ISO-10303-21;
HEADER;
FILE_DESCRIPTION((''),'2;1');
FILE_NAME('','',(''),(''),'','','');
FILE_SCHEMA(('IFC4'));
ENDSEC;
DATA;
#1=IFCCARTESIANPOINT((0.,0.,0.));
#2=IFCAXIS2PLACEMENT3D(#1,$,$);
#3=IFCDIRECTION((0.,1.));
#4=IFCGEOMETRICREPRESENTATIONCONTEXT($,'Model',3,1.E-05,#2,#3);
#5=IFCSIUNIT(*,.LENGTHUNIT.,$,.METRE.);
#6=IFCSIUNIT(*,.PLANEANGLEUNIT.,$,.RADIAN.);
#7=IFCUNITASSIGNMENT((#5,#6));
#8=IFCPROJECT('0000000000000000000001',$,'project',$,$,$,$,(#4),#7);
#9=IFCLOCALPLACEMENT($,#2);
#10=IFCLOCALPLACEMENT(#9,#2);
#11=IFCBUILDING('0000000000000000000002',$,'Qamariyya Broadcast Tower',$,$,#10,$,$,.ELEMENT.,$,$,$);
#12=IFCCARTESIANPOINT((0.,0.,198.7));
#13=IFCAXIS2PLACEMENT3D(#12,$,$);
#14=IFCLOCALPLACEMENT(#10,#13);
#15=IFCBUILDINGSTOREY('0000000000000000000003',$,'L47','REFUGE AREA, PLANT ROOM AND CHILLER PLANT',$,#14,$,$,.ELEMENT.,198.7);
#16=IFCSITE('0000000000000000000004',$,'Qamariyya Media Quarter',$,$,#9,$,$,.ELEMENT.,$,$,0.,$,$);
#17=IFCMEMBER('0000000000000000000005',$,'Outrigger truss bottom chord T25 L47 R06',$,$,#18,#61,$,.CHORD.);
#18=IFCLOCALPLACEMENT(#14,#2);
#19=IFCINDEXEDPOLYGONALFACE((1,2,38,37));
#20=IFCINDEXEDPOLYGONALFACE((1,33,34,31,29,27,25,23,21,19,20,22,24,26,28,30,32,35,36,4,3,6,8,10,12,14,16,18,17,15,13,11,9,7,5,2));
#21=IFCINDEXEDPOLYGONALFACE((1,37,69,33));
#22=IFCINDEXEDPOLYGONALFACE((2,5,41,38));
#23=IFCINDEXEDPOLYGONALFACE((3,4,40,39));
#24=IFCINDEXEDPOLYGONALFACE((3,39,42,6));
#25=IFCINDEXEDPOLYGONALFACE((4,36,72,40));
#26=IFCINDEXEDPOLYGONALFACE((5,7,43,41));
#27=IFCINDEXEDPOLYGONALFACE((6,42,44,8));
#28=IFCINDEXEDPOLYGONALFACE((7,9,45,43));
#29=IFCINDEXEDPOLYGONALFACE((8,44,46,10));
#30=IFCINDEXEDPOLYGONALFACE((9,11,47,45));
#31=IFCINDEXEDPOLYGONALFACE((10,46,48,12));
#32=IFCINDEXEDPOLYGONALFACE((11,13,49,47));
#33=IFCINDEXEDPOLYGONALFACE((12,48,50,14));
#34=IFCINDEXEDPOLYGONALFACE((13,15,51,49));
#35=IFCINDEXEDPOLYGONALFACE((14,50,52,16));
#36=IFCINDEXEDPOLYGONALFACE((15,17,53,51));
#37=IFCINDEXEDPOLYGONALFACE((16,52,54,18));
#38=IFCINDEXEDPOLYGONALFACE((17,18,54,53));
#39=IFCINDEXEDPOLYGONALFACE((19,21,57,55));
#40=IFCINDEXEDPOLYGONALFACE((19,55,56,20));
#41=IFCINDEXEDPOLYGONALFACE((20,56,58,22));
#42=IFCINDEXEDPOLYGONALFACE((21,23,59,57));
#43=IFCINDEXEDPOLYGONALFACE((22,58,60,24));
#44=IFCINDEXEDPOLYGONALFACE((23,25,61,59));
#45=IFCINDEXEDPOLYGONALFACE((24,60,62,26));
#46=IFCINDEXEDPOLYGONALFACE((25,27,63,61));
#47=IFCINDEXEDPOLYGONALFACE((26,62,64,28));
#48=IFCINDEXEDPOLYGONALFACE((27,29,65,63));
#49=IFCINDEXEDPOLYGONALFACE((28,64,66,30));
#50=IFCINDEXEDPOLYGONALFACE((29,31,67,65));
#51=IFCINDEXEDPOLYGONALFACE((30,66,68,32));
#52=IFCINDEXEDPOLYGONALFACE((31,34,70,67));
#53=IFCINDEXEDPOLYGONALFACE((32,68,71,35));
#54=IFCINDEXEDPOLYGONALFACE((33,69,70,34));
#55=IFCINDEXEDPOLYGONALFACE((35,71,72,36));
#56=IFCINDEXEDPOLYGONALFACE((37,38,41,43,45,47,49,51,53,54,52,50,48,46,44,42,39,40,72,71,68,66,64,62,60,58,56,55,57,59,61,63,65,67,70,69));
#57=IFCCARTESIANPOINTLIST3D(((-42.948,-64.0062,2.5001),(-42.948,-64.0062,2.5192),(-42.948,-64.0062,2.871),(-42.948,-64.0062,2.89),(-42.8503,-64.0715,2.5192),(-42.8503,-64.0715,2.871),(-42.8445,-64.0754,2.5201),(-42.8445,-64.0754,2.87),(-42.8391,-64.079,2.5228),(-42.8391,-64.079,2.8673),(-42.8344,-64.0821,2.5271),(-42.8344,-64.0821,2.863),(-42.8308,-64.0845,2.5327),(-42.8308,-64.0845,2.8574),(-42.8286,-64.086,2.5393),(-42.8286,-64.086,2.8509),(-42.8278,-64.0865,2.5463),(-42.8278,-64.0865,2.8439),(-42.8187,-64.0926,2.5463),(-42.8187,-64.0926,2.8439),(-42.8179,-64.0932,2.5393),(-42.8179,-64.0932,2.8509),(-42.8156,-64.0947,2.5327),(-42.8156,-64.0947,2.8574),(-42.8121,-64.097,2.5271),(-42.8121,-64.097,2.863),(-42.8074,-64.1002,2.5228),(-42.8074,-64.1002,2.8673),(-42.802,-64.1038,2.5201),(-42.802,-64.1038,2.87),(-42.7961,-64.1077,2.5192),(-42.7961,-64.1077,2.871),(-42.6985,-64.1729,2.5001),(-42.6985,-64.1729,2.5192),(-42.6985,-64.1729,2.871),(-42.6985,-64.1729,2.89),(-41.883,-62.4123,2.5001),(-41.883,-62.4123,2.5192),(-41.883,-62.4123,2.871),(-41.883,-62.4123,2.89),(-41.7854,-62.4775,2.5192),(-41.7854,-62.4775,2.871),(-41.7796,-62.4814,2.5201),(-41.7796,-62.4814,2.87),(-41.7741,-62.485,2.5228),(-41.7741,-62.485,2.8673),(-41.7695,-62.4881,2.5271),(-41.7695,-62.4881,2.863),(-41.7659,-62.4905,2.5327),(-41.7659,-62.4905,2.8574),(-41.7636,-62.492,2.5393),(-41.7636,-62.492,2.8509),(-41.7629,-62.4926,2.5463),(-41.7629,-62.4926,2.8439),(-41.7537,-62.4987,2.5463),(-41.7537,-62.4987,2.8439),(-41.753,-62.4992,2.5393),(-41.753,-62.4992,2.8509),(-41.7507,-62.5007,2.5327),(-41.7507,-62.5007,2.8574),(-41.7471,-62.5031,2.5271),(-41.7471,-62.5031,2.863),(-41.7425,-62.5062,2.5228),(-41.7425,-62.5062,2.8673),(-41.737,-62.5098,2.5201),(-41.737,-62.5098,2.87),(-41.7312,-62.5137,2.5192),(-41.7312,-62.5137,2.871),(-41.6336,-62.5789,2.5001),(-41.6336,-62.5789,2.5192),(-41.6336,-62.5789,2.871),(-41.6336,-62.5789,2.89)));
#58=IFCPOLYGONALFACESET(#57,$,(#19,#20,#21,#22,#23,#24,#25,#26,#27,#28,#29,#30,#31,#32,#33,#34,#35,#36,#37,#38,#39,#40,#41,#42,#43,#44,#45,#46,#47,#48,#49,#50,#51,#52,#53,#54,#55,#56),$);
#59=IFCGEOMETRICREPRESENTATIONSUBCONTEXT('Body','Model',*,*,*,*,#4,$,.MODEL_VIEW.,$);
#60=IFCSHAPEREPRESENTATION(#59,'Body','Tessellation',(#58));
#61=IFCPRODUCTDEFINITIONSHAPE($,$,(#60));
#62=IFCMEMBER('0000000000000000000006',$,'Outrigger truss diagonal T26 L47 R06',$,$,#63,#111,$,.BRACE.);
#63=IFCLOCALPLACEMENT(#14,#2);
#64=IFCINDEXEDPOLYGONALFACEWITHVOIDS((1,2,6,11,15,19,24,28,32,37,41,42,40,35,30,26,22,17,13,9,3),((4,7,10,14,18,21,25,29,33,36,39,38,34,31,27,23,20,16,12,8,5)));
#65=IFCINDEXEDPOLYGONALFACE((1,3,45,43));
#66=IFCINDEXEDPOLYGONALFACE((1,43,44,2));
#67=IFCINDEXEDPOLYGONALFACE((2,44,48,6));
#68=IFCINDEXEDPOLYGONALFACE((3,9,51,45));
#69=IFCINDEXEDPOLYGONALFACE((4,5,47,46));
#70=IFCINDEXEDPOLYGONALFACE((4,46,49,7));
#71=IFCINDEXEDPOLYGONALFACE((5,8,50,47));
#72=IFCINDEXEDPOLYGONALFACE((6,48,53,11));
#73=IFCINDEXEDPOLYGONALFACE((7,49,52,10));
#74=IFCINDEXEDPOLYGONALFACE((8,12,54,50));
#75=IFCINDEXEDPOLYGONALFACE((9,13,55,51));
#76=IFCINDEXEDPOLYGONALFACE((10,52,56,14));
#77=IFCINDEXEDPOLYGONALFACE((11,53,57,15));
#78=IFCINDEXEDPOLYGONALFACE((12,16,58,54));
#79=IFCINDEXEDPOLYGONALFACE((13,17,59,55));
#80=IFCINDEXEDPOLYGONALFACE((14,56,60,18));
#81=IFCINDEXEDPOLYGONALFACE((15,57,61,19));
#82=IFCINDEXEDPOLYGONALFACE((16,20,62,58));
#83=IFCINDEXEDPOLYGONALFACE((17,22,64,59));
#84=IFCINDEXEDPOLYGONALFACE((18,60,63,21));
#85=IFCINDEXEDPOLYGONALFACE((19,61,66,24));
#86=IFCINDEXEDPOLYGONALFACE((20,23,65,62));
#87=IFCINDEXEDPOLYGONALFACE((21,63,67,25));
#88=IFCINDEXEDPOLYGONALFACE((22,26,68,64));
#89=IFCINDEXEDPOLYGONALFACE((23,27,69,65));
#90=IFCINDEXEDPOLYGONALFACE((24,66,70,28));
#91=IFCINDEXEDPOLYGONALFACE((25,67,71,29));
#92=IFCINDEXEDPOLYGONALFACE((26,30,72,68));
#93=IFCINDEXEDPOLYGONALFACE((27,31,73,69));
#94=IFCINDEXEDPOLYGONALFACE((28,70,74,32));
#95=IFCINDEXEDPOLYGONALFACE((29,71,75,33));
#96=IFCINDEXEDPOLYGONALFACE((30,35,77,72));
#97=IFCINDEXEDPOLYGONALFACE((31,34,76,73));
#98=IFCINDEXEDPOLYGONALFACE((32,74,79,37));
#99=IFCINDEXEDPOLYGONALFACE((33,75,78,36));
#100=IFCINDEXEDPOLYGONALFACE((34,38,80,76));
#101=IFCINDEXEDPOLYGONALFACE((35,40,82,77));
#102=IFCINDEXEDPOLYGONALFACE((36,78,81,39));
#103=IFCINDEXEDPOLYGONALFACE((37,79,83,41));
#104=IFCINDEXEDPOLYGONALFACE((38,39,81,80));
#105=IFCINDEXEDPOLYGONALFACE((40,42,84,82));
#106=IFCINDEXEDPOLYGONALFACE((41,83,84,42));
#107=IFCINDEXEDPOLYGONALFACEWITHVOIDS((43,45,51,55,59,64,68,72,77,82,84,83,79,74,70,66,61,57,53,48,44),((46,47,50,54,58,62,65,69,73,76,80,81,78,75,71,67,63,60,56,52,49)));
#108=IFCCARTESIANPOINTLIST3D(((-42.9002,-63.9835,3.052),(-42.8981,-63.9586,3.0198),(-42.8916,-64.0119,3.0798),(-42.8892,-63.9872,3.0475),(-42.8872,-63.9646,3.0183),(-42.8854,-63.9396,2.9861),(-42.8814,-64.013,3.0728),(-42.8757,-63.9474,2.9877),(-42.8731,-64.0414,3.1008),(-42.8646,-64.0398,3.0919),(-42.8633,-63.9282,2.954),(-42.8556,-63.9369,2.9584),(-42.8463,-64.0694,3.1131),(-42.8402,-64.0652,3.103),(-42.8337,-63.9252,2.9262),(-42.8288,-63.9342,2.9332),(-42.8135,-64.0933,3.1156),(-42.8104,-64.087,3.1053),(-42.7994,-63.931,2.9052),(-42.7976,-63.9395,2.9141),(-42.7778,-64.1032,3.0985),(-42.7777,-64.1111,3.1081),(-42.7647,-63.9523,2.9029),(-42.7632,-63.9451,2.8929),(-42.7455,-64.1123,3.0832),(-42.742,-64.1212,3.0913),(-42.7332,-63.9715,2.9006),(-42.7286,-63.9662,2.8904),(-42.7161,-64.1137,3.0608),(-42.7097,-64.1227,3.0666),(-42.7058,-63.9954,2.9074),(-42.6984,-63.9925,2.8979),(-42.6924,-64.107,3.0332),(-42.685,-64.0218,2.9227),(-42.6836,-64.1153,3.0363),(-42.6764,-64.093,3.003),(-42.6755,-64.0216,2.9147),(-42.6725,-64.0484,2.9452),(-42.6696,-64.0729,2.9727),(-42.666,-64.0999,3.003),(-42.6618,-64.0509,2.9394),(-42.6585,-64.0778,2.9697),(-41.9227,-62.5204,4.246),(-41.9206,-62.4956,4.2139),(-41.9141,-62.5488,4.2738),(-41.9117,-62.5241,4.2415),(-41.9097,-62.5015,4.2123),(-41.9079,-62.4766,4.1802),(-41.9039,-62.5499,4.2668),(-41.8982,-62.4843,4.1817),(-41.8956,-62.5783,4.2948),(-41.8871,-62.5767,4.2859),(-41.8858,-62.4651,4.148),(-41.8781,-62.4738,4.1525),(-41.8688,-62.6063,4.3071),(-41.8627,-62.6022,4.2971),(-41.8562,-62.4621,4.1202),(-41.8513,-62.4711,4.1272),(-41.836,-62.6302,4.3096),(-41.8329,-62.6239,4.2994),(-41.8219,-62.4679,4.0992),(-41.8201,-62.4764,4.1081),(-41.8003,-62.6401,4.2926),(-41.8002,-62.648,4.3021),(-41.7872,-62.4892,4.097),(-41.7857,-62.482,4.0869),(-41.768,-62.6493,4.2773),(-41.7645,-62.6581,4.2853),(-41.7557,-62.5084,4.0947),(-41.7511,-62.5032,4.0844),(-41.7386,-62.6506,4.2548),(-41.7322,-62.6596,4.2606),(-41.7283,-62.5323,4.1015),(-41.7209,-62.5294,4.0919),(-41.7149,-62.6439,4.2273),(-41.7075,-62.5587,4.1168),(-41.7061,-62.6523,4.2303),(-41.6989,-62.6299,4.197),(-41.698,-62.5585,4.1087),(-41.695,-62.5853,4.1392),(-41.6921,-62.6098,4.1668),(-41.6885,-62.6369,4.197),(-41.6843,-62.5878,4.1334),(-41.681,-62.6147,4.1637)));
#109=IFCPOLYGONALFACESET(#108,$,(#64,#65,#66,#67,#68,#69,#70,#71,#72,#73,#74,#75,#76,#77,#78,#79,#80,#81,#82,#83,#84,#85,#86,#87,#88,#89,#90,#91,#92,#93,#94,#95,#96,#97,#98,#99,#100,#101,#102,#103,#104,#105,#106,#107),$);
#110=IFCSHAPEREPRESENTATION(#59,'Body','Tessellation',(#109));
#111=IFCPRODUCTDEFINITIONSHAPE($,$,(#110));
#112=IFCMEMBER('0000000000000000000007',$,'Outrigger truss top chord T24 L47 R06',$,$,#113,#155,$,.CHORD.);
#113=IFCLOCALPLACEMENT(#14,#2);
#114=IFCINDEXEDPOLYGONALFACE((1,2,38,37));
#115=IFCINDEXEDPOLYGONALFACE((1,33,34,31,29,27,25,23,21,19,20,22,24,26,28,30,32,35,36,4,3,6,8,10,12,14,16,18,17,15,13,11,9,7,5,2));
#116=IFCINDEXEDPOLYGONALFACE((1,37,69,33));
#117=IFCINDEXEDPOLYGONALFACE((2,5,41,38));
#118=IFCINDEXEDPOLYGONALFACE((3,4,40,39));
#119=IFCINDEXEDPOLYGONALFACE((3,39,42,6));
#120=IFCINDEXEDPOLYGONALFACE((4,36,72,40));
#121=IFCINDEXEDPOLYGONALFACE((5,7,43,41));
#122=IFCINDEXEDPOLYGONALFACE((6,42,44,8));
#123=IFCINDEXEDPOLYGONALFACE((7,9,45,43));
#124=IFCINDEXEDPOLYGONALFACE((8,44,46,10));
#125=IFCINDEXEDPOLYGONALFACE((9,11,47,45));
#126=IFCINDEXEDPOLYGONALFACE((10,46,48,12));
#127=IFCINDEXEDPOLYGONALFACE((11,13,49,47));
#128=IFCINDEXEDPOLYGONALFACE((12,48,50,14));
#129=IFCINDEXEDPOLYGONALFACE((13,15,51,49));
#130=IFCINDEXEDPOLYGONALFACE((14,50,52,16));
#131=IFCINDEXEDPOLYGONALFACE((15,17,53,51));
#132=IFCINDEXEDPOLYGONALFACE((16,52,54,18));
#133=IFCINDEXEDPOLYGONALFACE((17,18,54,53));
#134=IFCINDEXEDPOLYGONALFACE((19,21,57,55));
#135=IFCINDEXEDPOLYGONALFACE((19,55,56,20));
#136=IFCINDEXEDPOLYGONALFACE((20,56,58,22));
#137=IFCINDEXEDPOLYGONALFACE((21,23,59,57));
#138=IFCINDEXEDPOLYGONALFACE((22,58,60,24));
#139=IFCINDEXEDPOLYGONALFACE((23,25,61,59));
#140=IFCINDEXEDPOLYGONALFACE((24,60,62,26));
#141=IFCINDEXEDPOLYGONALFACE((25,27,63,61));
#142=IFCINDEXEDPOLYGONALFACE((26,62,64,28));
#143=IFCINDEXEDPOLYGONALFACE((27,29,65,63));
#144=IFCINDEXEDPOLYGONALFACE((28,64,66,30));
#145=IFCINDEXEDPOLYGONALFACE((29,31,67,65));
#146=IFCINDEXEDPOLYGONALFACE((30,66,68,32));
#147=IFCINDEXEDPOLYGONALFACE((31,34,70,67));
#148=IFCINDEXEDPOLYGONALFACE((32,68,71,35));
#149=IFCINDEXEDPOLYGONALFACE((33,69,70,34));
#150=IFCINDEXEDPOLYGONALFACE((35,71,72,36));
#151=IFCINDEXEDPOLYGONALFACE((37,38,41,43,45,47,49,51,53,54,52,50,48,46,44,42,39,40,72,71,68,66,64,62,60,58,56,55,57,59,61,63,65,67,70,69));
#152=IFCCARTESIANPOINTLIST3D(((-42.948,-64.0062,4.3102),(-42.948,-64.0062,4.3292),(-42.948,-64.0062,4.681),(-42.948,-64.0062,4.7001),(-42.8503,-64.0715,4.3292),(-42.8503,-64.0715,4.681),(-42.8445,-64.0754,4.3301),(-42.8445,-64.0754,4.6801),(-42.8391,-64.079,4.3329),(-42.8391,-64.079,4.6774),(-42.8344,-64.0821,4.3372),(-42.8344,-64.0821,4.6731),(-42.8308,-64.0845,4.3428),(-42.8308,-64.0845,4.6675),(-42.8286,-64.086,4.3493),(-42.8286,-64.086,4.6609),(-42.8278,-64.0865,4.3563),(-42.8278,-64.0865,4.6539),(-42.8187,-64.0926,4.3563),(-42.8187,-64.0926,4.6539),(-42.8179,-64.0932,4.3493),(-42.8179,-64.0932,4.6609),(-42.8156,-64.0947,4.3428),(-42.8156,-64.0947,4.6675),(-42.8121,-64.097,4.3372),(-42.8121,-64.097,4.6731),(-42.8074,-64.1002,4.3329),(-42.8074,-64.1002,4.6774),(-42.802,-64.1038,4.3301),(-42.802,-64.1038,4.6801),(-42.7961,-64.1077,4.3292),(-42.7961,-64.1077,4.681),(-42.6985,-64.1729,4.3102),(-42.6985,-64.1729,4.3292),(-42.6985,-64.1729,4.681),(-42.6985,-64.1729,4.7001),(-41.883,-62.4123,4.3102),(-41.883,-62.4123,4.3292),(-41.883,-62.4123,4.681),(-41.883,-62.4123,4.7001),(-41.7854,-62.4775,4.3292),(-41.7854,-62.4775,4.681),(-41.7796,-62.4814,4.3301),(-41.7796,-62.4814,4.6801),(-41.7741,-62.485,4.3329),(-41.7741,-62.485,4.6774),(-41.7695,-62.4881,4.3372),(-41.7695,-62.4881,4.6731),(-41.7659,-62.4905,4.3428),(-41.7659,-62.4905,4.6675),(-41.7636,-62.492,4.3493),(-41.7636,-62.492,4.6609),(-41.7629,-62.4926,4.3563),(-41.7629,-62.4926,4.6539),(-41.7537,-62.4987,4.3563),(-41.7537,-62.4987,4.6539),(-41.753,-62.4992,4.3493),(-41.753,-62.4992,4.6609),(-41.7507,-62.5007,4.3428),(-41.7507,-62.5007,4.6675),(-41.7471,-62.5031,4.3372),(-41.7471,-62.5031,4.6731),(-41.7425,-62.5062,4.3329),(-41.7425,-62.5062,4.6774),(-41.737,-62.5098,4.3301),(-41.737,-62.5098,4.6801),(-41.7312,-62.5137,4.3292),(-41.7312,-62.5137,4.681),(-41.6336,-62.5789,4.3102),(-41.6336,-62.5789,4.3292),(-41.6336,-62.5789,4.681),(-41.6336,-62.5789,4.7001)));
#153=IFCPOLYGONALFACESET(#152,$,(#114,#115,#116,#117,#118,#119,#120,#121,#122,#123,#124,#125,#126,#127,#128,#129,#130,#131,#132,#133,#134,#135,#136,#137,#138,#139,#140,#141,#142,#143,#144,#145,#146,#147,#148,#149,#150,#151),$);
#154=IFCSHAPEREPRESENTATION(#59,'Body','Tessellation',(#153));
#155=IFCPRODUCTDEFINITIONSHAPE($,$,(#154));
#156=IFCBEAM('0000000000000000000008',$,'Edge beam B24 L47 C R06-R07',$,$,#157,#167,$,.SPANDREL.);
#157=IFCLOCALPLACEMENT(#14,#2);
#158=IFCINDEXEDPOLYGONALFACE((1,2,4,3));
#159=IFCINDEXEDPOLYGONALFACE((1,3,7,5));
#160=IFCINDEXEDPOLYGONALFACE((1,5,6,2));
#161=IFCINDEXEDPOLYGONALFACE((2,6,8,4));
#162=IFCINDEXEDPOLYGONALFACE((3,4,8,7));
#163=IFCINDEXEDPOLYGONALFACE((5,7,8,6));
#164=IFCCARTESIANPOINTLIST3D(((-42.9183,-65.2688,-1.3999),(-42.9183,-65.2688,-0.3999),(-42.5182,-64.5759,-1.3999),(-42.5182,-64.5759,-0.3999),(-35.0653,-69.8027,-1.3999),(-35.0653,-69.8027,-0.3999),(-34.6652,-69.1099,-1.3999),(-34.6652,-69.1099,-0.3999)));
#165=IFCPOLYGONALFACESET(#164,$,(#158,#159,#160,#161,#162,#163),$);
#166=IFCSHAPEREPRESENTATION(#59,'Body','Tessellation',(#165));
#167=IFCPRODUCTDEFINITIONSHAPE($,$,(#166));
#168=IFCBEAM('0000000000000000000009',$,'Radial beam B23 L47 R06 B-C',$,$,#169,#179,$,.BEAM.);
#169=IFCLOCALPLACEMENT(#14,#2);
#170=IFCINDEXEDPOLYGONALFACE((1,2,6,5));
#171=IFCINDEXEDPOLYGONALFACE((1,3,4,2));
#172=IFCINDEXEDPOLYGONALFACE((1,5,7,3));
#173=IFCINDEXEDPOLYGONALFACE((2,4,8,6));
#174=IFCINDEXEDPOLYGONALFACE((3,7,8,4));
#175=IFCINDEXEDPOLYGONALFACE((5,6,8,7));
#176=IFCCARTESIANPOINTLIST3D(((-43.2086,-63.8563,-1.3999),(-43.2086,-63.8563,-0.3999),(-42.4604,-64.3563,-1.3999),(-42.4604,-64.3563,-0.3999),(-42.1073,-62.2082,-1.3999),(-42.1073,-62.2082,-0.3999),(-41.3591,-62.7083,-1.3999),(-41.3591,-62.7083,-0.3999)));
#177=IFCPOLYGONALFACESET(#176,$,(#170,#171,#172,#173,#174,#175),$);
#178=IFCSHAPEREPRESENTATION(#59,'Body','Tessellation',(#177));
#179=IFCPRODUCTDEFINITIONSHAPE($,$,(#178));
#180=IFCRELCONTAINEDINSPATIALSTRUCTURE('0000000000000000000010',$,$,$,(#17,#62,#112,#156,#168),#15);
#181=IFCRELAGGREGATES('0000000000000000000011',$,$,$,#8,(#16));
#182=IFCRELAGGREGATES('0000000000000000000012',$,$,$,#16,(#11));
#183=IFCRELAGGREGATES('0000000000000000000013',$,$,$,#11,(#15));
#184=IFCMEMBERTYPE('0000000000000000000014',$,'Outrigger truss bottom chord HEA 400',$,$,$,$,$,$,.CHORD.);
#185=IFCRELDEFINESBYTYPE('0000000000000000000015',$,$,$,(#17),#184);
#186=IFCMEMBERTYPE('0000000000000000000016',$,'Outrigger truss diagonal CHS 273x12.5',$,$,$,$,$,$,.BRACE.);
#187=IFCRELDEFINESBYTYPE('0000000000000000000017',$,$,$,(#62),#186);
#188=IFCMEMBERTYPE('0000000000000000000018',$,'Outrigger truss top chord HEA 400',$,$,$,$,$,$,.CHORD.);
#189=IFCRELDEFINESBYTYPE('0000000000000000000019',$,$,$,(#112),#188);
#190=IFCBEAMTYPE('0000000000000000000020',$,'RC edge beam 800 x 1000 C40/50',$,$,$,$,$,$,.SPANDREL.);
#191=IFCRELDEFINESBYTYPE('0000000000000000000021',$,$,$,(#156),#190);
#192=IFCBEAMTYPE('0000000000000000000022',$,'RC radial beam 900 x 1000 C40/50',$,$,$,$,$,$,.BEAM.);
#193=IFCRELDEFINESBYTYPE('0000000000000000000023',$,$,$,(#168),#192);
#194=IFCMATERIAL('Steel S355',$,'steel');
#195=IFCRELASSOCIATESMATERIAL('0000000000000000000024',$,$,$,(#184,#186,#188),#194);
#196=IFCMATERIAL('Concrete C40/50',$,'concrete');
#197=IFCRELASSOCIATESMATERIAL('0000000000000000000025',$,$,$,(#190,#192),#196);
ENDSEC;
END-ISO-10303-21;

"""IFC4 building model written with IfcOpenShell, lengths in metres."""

from ifc_helpers import new_model, si_unit, direction, frame, origin, origin_2d, place, context, subcontext, project, spatial, rectangle, hollow_circle, i_section, extrude, material, material_profile, profile_set, type_object, element, save


model = new_model("IFC4")

# Units and contexts
model_context = context("Model", 3, precision=1e-05, world=origin(), true_north=direction((0.0, 1.0)))
body_context = subcontext(model_context, "Body", "Model", "MODEL_VIEW")
ifc_project = project(units=[si_unit("LENGTHUNIT", "METRE"), si_unit("PLANEANGLEUNIT", "RADIAN")], contexts=[model_context])

# Site, building, storey
site_placement = place(None, origin())
site = spatial("IfcSite", under=ifc_project, at=site_placement, Name="Qamariyya Media Quarter", CompositionType="ELEMENT", RefElevation=0.0)
building_placement = place(site_placement, origin())
building = spatial("IfcBuilding", under=site, at=building_placement, Name="Qamariyya Broadcast Tower", CompositionType="ELEMENT")
storey_placement = place(building_placement, frame((0.0, 0.0, 198.7)))
storey = spatial("IfcBuildingStorey", under=building, at=storey_placement, Name="L47", Description="REFUGE AREA, PLANT ROOM AND CHILLER PLANT", CompositionType="ELEMENT", Elevation=198.7)

# Members
ifc_material_1 = material(Name="Steel S355", Category="steel")
ifc_material_profile_1 = material_profile(ifc_material_1, i_section(OverallWidth=0.3, OverallDepth=0.3899, WebThickness=0.011, FlangeThickness=0.019, FilletRadius=0.0271, at=origin_2d()))
ifc_profile_set_1 = profile_set([ifc_material_profile_1], Name="Steel S355")
member_type_1 = type_object("IfcMemberType", Name="Outrigger truss bottom chord HEA 400", PredefinedType="CHORD", material=ifc_profile_set_1)
member_1_placement = place(storey_placement, frame((-41.7583, -62.4956, 2.6951), z_axis=(-0.555523, -0.831501, 0.0), x_axis=(0.831501, -0.555523, 0.0)))
element("IfcMember", 1, at=member_1_placement, inside=storey, type_object=member_type_1, Name="Outrigger truss bottom chord T25 L47 R06", PredefinedType="CHORD", context=body_context, shape_type="SweptSolid", body=[
    extrude(i_section(OverallWidth=0.3, OverallDepth=0.3899, WebThickness=0.011, FlangeThickness=0.019, FilletRadius=0.0271, at=origin_2d()), origin(), (0.0, 0.0, 1.0), 1.917),
])
ifc_material_profile_2 = material_profile(ifc_material_1, hollow_circle(Radius=0.1365, WallThickness=0.0125, at=origin_2d()))
ifc_profile_set_2 = profile_set([ifc_material_profile_2], Name="Steel S355")
member_type_2 = type_object("IfcMemberType", Name="Outrigger truss diagonal CHS 273x12.5", PredefinedType="BRACE", material=ifc_profile_set_2)
member_2_placement = place(storey_placement, frame((-41.802, -62.561, 4.197), z_axis=(-0.459684, -0.688033, -0.561517), x_axis=(0.831495, -0.555532, 0.0)))
element("IfcMember", 2, at=member_2_placement, inside=storey, type_object=member_type_2, Name="Outrigger truss diagonal T26 L47 R06", PredefinedType="BRACE", context=body_context, shape_type="SweptSolid", body=[
    extrude(hollow_circle(Radius=0.1365, WallThickness=0.0125, at=origin_2d()), origin(), (0.0, 0.0, 1.0), 2.1265),
])
ifc_material_profile_3 = material_profile(ifc_material_1, i_section(OverallWidth=0.3, OverallDepth=0.3899, WebThickness=0.011, FlangeThickness=0.019, FilletRadius=0.0271, at=origin_2d()))
ifc_profile_set_3 = profile_set([ifc_material_profile_3], Name="Steel S355")
member_type_3 = type_object("IfcMemberType", Name="Outrigger truss top chord HEA 400", PredefinedType="CHORD", material=ifc_profile_set_3)
member_3_placement = place(storey_placement, frame((-41.7583, -62.4956, 4.5051), z_axis=(-0.555523, -0.831501, 0.0), x_axis=(0.831501, -0.555523, 0.0)))
element("IfcMember", 3, at=member_3_placement, inside=storey, type_object=member_type_3, Name="Outrigger truss top chord T24 L47 R06", PredefinedType="CHORD", context=body_context, shape_type="SweptSolid", body=[
    extrude(i_section(OverallWidth=0.3, OverallDepth=0.3899, WebThickness=0.011, FlangeThickness=0.019, FilletRadius=0.0271, at=origin_2d()), origin(), (0.0, 0.0, 1.0), 1.917),
])

# Beams
ifc_material_2 = material(Name="Concrete C40/50", Category="concrete")
ifc_material_profile_4 = material_profile(ifc_material_2, rectangle(XDim=0.8, YDim=1.0, at=origin_2d()))
ifc_profile_set_4 = profile_set([ifc_material_profile_4], Name="Concrete C40/50")
beam_type_1 = type_object("IfcBeamType", Name="RC edge beam 800 x 1000 C40/50", PredefinedType="SPANDREL", material=ifc_profile_set_4)
beam_1_placement = place(storey_placement, frame((-42.7183, -64.9224, -0.8999), z_axis=(0.866026, -0.499999, 0.0), x_axis=(0.499999, 0.866026, 0.0)))
element("IfcBeam", 4, at=beam_1_placement, inside=storey, type_object=beam_type_1, Name="Edge beam B24 L47 C R06-R07", PredefinedType="SPANDREL", context=body_context, shape_type="SweptSolid", body=[
    extrude(rectangle(XDim=0.8, YDim=1.0, at=origin_2d()), origin(), (0.0, 0.0, 1.0), 9.0679),
])
ifc_material_profile_5 = material_profile(ifc_material_2, rectangle(XDim=0.8999, YDim=1.0, at=origin_2d()))
ifc_profile_set_5 = profile_set([ifc_material_profile_5], Name="Concrete C40/50")
beam_type_2 = type_object("IfcBeamType", Name="RC radial beam 900 x 1000 C40/50", PredefinedType="BEAM", material=ifc_profile_set_5)
beam_2_placement = place(storey_placement, frame((-41.7332, -62.4583, -0.8999), z_axis=(-0.555638, -0.831424, 0.0), x_axis=(0.831424, -0.555638, 0.0)))
element("IfcBeam", 5, at=beam_2_placement, inside=storey, type_object=beam_type_2, Name="Radial beam B23 L47 R06 B-C", PredefinedType="BEAM", context=body_context, shape_type="SweptSolid", body=[
    extrude(rectangle(XDim=0.8999, YDim=1.0, at=origin_2d()), origin(), (0.0, 0.0, 1.0), 1.9822),
])

save(model, "model.ifc")
